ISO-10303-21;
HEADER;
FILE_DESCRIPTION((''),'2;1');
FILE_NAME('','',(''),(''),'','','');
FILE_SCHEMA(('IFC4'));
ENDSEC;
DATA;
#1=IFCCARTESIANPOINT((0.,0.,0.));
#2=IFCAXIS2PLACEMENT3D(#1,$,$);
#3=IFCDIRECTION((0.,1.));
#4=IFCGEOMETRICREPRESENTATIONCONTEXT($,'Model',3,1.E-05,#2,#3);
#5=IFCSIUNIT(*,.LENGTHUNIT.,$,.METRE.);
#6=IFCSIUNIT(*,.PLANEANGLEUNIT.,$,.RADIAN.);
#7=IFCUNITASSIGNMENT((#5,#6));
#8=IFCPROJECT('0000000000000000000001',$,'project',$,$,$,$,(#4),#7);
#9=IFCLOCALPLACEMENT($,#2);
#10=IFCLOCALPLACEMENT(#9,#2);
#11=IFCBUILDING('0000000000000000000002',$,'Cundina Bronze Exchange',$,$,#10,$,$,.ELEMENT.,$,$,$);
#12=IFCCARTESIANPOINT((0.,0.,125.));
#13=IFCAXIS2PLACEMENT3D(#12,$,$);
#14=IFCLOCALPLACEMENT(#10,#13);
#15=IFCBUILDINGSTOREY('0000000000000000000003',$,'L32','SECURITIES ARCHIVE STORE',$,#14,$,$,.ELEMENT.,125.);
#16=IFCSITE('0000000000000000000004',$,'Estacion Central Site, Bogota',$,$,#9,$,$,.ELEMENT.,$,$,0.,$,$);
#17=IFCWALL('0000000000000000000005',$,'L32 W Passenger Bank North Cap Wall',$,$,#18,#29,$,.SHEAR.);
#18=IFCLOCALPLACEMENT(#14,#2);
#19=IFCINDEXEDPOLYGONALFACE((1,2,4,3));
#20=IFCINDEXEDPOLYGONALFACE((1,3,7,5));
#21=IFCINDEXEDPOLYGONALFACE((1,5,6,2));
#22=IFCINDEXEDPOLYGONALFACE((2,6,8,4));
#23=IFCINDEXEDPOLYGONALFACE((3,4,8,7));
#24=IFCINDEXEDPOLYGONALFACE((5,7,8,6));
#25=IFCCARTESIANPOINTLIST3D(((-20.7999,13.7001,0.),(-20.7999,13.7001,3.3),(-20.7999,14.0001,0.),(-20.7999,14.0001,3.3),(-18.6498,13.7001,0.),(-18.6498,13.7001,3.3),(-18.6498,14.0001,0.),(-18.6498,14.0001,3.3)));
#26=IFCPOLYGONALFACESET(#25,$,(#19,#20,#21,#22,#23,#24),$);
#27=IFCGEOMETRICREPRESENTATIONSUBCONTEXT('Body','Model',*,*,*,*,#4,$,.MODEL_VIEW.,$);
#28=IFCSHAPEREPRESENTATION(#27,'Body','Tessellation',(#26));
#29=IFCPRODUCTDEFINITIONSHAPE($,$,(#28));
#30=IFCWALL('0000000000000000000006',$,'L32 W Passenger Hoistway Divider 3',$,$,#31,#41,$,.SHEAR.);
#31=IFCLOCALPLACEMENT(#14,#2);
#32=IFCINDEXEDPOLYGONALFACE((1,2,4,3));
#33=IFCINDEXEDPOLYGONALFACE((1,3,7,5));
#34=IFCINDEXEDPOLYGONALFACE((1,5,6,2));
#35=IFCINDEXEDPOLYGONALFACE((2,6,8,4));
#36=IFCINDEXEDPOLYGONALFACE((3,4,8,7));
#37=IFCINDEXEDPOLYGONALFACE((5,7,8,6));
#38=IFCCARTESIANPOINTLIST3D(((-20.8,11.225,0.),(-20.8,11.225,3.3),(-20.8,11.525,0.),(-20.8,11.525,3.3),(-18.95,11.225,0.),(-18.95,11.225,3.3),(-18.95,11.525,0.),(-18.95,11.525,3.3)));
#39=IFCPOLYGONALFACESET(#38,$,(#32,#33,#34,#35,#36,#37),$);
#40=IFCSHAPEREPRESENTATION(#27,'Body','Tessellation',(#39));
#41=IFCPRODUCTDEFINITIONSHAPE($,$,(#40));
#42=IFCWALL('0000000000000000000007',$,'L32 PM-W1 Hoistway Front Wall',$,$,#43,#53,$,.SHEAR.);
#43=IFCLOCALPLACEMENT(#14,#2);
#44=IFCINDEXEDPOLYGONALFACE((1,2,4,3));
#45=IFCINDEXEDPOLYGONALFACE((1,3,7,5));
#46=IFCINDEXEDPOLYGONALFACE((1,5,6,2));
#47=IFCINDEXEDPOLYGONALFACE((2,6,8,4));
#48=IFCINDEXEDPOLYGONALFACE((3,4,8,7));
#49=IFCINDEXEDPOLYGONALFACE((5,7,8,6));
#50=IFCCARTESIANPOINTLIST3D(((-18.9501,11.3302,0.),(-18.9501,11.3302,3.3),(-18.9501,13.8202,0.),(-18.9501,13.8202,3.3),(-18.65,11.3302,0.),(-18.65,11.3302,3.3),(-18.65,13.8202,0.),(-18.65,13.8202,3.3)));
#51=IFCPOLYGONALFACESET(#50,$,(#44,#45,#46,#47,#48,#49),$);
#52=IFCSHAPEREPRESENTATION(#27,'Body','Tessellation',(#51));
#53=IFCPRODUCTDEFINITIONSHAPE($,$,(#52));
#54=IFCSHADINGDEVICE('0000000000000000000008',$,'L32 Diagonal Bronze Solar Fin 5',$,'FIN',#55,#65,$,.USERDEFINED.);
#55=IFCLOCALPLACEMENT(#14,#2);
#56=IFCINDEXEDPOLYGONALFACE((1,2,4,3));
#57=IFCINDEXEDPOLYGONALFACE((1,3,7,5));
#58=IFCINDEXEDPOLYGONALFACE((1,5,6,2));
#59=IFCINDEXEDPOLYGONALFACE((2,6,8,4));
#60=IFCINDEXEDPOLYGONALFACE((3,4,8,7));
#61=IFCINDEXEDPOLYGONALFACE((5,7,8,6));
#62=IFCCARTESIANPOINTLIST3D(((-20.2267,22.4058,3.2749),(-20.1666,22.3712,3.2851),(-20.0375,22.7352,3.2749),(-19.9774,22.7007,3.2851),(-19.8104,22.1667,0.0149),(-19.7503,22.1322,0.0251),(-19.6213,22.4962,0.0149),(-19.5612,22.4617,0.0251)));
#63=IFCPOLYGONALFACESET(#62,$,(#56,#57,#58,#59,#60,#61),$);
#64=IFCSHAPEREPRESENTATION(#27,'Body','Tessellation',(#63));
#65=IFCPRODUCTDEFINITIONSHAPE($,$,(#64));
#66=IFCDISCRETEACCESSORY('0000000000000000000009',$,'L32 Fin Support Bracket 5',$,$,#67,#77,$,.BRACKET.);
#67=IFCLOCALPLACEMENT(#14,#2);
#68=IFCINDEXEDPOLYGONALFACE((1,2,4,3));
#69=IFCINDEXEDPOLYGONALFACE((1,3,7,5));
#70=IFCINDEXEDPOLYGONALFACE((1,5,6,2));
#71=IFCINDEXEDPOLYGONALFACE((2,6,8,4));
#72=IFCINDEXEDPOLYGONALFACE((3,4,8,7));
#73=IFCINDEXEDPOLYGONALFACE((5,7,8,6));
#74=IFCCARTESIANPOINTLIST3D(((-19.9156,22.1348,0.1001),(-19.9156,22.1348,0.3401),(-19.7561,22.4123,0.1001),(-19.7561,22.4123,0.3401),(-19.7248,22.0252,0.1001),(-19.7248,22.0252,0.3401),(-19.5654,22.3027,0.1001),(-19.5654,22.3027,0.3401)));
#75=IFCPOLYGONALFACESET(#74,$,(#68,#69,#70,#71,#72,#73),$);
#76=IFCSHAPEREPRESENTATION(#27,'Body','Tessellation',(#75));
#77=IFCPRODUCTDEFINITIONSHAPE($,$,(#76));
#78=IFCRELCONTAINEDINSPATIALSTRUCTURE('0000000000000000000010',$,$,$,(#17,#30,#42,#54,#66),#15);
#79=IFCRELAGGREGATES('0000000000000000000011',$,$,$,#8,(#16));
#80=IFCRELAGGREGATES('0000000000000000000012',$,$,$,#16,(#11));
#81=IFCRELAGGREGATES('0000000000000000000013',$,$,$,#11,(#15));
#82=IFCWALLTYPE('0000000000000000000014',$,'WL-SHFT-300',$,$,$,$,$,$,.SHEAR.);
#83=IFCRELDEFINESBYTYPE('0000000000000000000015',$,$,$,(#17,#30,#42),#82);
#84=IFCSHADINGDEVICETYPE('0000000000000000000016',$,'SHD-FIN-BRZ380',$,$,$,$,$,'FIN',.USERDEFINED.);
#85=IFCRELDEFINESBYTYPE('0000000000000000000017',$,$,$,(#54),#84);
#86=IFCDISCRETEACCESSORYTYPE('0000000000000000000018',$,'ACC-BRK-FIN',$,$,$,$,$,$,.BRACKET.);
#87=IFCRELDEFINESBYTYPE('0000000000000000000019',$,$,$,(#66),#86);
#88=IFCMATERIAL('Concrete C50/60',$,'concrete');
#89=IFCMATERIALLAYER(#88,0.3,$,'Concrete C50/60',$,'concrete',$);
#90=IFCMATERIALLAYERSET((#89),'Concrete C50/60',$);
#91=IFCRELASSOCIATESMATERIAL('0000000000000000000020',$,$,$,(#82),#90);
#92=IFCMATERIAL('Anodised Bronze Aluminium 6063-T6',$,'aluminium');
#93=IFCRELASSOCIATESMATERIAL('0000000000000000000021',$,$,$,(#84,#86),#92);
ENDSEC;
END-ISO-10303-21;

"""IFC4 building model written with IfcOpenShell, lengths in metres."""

from ifc_helpers import new_model, si_unit, direction, frame, frame_2d, origin, origin_2d, place, context, subcontext, project, spatial, rectangle, extrude, material, layer, layer_set, material_profile, profile_set, type_object, element, save


model = new_model("IFC4")

# Units and contexts
model_context = context("Model", 3, precision=1e-05, world=origin(), true_north=direction((0.0, 1.0)))
body_context = subcontext(model_context, "Body", "Model", "MODEL_VIEW")
ifc_project = project(units=[si_unit("LENGTHUNIT", "METRE"), si_unit("PLANEANGLEUNIT", "RADIAN")], contexts=[model_context])

# Site, building, storey
site_placement = place(None, origin())
site = spatial("IfcSite", under=ifc_project, at=site_placement, Name="Estacion Central Site, Bogota", CompositionType="ELEMENT", RefElevation=0.0)
building_placement = place(site_placement, origin())
building = spatial("IfcBuilding", under=site, at=building_placement, Name="Cundina Bronze Exchange", CompositionType="ELEMENT")
storey_placement = place(building_placement, frame((0.0, 0.0, 125.0)))
storey = spatial("IfcBuildingStorey", under=building, at=storey_placement, Name="L32", Description="SECURITIES ARCHIVE STORE", CompositionType="ELEMENT", Elevation=125.0)

# Shared definitions
ifc_material_1 = material(Name="Anodised Bronze Aluminium 6063-T6", Category="aluminium")

# Shared definitions
ifc_material_2 = material(Name="Concrete C50/60", Category="concrete")
ifc_layer_1 = layer(ifc_material_2, 0.3, Name="Concrete C50/60", Category="concrete")
ifc_layer_set_1 = layer_set([ifc_layer_1], Name="Concrete C50/60")
wall_type_1 = type_object("IfcWallType", Name="WL-SHFT-300", PredefinedType="SHEAR", material=ifc_layer_set_1)

# Walls
wall_1_placement = place(storey_placement, frame((-20.8, 13.8501, 0.0), z_axis=(0.0, 0.0, 1.0), x_axis=(1.0, 0.0, 0.0)))
element("IfcWall", 1, at=wall_1_placement, inside=storey, type_object=wall_type_1, Name="L32 W Passenger Bank North Cap Wall", PredefinedType="SHEAR", context=body_context, shape_type="SweptSolid", body=[
    extrude(rectangle(XDim=2.1501, YDim=0.3, at=frame_2d((1.0752, 0.0))), origin(), (0.0, 0.0, 1.0), 3.3),
])
wall_2_placement = place(storey_placement, frame((-20.8, 11.375, 0.0), z_axis=(0.0, 0.0, 1.0), x_axis=(1.0, 0.0, 0.0)))
element("IfcWall", 2, at=wall_2_placement, inside=storey, type_object=wall_type_1, Name="L32 W Passenger Hoistway Divider 3", PredefinedType="SHEAR", context=body_context, shape_type="SweptSolid", body=[
    extrude(rectangle(XDim=1.8501, YDim=0.3, at=frame_2d((0.925, 0.0))), origin(), (0.0, 0.0, 1.0), 3.3),
])
wall_3_placement = place(storey_placement, frame((-18.8, 11.3301, 0.0), z_axis=(0.0, 0.0, 1.0), x_axis=(0.0, 1.0, 0.0)))
element("IfcWall", 3, at=wall_3_placement, inside=storey, type_object=wall_type_1, Name="L32 PM-W1 Hoistway Front Wall", PredefinedType="SHEAR", context=body_context, shape_type="SweptSolid", body=[
    extrude(rectangle(XDim=2.49, YDim=0.3, at=frame_2d((1.2451, 0.0))), origin(), (0.0, 0.0, 1.0), 3.3),
])

# Shading device
ifc_material_profile_1 = material_profile(ifc_material_1, rectangle(XDim=0.0701, YDim=0.3799, at=origin_2d()), Name="FIN70X380", Category="aluminium")
ifc_profile_set_1 = profile_set([ifc_material_profile_1], Name="Anodised Bronze Aluminium 6063-T6")
shading_device_type = type_object("IfcShadingDeviceType", Name="SHD-FIN-BRZ380", ElementType="FIN", PredefinedType="USERDEFINED", material=ifc_profile_set_1)
shading_device_placement = place(storey_placement, frame((-19.6858, 22.3142, 0.02), z_axis=(-0.126325, 0.072535, 0.989333), x_axis=(0.857958, -0.492634, 0.145668)))
element("IfcShadingDevice", 4, at=shading_device_placement, inside=storey, type_object=shading_device_type, Name="L32 Diagonal Bronze Solar Fin 5", ObjectType="FIN", PredefinedType="USERDEFINED", context=body_context, shape_type="SweptSolid", body=[
    extrude(rectangle(XDim=0.0701, YDim=0.3799, at=origin_2d()), origin(), (0.0, 0.0, 1.0), 3.2952),
])

# Discrete accessory
discrete_accessory_type = type_object("IfcDiscreteAccessoryType", Name="ACC-BRK-FIN", PredefinedType="BRACKET", material=ifc_material_1)
discrete_accessory_placement = place(storey_placement, frame((-19.7405, 22.2188, 0.1001), z_axis=(0.0, 0.0, 1.0), x_axis=(-0.867105, 0.498125, 0.0)))
element("IfcDiscreteAccessory", 5, at=discrete_accessory_placement, inside=storey, type_object=discrete_accessory_type, Name="L32 Fin Support Bracket 5", PredefinedType="BRACKET", context=body_context, shape_type="SweptSolid", body=[
    extrude(rectangle(XDim=0.22, YDim=0.3201, at=origin_2d()), origin(), (0.0, 0.0, 1.0), 0.24),
])

save(model, "model.ifc")
